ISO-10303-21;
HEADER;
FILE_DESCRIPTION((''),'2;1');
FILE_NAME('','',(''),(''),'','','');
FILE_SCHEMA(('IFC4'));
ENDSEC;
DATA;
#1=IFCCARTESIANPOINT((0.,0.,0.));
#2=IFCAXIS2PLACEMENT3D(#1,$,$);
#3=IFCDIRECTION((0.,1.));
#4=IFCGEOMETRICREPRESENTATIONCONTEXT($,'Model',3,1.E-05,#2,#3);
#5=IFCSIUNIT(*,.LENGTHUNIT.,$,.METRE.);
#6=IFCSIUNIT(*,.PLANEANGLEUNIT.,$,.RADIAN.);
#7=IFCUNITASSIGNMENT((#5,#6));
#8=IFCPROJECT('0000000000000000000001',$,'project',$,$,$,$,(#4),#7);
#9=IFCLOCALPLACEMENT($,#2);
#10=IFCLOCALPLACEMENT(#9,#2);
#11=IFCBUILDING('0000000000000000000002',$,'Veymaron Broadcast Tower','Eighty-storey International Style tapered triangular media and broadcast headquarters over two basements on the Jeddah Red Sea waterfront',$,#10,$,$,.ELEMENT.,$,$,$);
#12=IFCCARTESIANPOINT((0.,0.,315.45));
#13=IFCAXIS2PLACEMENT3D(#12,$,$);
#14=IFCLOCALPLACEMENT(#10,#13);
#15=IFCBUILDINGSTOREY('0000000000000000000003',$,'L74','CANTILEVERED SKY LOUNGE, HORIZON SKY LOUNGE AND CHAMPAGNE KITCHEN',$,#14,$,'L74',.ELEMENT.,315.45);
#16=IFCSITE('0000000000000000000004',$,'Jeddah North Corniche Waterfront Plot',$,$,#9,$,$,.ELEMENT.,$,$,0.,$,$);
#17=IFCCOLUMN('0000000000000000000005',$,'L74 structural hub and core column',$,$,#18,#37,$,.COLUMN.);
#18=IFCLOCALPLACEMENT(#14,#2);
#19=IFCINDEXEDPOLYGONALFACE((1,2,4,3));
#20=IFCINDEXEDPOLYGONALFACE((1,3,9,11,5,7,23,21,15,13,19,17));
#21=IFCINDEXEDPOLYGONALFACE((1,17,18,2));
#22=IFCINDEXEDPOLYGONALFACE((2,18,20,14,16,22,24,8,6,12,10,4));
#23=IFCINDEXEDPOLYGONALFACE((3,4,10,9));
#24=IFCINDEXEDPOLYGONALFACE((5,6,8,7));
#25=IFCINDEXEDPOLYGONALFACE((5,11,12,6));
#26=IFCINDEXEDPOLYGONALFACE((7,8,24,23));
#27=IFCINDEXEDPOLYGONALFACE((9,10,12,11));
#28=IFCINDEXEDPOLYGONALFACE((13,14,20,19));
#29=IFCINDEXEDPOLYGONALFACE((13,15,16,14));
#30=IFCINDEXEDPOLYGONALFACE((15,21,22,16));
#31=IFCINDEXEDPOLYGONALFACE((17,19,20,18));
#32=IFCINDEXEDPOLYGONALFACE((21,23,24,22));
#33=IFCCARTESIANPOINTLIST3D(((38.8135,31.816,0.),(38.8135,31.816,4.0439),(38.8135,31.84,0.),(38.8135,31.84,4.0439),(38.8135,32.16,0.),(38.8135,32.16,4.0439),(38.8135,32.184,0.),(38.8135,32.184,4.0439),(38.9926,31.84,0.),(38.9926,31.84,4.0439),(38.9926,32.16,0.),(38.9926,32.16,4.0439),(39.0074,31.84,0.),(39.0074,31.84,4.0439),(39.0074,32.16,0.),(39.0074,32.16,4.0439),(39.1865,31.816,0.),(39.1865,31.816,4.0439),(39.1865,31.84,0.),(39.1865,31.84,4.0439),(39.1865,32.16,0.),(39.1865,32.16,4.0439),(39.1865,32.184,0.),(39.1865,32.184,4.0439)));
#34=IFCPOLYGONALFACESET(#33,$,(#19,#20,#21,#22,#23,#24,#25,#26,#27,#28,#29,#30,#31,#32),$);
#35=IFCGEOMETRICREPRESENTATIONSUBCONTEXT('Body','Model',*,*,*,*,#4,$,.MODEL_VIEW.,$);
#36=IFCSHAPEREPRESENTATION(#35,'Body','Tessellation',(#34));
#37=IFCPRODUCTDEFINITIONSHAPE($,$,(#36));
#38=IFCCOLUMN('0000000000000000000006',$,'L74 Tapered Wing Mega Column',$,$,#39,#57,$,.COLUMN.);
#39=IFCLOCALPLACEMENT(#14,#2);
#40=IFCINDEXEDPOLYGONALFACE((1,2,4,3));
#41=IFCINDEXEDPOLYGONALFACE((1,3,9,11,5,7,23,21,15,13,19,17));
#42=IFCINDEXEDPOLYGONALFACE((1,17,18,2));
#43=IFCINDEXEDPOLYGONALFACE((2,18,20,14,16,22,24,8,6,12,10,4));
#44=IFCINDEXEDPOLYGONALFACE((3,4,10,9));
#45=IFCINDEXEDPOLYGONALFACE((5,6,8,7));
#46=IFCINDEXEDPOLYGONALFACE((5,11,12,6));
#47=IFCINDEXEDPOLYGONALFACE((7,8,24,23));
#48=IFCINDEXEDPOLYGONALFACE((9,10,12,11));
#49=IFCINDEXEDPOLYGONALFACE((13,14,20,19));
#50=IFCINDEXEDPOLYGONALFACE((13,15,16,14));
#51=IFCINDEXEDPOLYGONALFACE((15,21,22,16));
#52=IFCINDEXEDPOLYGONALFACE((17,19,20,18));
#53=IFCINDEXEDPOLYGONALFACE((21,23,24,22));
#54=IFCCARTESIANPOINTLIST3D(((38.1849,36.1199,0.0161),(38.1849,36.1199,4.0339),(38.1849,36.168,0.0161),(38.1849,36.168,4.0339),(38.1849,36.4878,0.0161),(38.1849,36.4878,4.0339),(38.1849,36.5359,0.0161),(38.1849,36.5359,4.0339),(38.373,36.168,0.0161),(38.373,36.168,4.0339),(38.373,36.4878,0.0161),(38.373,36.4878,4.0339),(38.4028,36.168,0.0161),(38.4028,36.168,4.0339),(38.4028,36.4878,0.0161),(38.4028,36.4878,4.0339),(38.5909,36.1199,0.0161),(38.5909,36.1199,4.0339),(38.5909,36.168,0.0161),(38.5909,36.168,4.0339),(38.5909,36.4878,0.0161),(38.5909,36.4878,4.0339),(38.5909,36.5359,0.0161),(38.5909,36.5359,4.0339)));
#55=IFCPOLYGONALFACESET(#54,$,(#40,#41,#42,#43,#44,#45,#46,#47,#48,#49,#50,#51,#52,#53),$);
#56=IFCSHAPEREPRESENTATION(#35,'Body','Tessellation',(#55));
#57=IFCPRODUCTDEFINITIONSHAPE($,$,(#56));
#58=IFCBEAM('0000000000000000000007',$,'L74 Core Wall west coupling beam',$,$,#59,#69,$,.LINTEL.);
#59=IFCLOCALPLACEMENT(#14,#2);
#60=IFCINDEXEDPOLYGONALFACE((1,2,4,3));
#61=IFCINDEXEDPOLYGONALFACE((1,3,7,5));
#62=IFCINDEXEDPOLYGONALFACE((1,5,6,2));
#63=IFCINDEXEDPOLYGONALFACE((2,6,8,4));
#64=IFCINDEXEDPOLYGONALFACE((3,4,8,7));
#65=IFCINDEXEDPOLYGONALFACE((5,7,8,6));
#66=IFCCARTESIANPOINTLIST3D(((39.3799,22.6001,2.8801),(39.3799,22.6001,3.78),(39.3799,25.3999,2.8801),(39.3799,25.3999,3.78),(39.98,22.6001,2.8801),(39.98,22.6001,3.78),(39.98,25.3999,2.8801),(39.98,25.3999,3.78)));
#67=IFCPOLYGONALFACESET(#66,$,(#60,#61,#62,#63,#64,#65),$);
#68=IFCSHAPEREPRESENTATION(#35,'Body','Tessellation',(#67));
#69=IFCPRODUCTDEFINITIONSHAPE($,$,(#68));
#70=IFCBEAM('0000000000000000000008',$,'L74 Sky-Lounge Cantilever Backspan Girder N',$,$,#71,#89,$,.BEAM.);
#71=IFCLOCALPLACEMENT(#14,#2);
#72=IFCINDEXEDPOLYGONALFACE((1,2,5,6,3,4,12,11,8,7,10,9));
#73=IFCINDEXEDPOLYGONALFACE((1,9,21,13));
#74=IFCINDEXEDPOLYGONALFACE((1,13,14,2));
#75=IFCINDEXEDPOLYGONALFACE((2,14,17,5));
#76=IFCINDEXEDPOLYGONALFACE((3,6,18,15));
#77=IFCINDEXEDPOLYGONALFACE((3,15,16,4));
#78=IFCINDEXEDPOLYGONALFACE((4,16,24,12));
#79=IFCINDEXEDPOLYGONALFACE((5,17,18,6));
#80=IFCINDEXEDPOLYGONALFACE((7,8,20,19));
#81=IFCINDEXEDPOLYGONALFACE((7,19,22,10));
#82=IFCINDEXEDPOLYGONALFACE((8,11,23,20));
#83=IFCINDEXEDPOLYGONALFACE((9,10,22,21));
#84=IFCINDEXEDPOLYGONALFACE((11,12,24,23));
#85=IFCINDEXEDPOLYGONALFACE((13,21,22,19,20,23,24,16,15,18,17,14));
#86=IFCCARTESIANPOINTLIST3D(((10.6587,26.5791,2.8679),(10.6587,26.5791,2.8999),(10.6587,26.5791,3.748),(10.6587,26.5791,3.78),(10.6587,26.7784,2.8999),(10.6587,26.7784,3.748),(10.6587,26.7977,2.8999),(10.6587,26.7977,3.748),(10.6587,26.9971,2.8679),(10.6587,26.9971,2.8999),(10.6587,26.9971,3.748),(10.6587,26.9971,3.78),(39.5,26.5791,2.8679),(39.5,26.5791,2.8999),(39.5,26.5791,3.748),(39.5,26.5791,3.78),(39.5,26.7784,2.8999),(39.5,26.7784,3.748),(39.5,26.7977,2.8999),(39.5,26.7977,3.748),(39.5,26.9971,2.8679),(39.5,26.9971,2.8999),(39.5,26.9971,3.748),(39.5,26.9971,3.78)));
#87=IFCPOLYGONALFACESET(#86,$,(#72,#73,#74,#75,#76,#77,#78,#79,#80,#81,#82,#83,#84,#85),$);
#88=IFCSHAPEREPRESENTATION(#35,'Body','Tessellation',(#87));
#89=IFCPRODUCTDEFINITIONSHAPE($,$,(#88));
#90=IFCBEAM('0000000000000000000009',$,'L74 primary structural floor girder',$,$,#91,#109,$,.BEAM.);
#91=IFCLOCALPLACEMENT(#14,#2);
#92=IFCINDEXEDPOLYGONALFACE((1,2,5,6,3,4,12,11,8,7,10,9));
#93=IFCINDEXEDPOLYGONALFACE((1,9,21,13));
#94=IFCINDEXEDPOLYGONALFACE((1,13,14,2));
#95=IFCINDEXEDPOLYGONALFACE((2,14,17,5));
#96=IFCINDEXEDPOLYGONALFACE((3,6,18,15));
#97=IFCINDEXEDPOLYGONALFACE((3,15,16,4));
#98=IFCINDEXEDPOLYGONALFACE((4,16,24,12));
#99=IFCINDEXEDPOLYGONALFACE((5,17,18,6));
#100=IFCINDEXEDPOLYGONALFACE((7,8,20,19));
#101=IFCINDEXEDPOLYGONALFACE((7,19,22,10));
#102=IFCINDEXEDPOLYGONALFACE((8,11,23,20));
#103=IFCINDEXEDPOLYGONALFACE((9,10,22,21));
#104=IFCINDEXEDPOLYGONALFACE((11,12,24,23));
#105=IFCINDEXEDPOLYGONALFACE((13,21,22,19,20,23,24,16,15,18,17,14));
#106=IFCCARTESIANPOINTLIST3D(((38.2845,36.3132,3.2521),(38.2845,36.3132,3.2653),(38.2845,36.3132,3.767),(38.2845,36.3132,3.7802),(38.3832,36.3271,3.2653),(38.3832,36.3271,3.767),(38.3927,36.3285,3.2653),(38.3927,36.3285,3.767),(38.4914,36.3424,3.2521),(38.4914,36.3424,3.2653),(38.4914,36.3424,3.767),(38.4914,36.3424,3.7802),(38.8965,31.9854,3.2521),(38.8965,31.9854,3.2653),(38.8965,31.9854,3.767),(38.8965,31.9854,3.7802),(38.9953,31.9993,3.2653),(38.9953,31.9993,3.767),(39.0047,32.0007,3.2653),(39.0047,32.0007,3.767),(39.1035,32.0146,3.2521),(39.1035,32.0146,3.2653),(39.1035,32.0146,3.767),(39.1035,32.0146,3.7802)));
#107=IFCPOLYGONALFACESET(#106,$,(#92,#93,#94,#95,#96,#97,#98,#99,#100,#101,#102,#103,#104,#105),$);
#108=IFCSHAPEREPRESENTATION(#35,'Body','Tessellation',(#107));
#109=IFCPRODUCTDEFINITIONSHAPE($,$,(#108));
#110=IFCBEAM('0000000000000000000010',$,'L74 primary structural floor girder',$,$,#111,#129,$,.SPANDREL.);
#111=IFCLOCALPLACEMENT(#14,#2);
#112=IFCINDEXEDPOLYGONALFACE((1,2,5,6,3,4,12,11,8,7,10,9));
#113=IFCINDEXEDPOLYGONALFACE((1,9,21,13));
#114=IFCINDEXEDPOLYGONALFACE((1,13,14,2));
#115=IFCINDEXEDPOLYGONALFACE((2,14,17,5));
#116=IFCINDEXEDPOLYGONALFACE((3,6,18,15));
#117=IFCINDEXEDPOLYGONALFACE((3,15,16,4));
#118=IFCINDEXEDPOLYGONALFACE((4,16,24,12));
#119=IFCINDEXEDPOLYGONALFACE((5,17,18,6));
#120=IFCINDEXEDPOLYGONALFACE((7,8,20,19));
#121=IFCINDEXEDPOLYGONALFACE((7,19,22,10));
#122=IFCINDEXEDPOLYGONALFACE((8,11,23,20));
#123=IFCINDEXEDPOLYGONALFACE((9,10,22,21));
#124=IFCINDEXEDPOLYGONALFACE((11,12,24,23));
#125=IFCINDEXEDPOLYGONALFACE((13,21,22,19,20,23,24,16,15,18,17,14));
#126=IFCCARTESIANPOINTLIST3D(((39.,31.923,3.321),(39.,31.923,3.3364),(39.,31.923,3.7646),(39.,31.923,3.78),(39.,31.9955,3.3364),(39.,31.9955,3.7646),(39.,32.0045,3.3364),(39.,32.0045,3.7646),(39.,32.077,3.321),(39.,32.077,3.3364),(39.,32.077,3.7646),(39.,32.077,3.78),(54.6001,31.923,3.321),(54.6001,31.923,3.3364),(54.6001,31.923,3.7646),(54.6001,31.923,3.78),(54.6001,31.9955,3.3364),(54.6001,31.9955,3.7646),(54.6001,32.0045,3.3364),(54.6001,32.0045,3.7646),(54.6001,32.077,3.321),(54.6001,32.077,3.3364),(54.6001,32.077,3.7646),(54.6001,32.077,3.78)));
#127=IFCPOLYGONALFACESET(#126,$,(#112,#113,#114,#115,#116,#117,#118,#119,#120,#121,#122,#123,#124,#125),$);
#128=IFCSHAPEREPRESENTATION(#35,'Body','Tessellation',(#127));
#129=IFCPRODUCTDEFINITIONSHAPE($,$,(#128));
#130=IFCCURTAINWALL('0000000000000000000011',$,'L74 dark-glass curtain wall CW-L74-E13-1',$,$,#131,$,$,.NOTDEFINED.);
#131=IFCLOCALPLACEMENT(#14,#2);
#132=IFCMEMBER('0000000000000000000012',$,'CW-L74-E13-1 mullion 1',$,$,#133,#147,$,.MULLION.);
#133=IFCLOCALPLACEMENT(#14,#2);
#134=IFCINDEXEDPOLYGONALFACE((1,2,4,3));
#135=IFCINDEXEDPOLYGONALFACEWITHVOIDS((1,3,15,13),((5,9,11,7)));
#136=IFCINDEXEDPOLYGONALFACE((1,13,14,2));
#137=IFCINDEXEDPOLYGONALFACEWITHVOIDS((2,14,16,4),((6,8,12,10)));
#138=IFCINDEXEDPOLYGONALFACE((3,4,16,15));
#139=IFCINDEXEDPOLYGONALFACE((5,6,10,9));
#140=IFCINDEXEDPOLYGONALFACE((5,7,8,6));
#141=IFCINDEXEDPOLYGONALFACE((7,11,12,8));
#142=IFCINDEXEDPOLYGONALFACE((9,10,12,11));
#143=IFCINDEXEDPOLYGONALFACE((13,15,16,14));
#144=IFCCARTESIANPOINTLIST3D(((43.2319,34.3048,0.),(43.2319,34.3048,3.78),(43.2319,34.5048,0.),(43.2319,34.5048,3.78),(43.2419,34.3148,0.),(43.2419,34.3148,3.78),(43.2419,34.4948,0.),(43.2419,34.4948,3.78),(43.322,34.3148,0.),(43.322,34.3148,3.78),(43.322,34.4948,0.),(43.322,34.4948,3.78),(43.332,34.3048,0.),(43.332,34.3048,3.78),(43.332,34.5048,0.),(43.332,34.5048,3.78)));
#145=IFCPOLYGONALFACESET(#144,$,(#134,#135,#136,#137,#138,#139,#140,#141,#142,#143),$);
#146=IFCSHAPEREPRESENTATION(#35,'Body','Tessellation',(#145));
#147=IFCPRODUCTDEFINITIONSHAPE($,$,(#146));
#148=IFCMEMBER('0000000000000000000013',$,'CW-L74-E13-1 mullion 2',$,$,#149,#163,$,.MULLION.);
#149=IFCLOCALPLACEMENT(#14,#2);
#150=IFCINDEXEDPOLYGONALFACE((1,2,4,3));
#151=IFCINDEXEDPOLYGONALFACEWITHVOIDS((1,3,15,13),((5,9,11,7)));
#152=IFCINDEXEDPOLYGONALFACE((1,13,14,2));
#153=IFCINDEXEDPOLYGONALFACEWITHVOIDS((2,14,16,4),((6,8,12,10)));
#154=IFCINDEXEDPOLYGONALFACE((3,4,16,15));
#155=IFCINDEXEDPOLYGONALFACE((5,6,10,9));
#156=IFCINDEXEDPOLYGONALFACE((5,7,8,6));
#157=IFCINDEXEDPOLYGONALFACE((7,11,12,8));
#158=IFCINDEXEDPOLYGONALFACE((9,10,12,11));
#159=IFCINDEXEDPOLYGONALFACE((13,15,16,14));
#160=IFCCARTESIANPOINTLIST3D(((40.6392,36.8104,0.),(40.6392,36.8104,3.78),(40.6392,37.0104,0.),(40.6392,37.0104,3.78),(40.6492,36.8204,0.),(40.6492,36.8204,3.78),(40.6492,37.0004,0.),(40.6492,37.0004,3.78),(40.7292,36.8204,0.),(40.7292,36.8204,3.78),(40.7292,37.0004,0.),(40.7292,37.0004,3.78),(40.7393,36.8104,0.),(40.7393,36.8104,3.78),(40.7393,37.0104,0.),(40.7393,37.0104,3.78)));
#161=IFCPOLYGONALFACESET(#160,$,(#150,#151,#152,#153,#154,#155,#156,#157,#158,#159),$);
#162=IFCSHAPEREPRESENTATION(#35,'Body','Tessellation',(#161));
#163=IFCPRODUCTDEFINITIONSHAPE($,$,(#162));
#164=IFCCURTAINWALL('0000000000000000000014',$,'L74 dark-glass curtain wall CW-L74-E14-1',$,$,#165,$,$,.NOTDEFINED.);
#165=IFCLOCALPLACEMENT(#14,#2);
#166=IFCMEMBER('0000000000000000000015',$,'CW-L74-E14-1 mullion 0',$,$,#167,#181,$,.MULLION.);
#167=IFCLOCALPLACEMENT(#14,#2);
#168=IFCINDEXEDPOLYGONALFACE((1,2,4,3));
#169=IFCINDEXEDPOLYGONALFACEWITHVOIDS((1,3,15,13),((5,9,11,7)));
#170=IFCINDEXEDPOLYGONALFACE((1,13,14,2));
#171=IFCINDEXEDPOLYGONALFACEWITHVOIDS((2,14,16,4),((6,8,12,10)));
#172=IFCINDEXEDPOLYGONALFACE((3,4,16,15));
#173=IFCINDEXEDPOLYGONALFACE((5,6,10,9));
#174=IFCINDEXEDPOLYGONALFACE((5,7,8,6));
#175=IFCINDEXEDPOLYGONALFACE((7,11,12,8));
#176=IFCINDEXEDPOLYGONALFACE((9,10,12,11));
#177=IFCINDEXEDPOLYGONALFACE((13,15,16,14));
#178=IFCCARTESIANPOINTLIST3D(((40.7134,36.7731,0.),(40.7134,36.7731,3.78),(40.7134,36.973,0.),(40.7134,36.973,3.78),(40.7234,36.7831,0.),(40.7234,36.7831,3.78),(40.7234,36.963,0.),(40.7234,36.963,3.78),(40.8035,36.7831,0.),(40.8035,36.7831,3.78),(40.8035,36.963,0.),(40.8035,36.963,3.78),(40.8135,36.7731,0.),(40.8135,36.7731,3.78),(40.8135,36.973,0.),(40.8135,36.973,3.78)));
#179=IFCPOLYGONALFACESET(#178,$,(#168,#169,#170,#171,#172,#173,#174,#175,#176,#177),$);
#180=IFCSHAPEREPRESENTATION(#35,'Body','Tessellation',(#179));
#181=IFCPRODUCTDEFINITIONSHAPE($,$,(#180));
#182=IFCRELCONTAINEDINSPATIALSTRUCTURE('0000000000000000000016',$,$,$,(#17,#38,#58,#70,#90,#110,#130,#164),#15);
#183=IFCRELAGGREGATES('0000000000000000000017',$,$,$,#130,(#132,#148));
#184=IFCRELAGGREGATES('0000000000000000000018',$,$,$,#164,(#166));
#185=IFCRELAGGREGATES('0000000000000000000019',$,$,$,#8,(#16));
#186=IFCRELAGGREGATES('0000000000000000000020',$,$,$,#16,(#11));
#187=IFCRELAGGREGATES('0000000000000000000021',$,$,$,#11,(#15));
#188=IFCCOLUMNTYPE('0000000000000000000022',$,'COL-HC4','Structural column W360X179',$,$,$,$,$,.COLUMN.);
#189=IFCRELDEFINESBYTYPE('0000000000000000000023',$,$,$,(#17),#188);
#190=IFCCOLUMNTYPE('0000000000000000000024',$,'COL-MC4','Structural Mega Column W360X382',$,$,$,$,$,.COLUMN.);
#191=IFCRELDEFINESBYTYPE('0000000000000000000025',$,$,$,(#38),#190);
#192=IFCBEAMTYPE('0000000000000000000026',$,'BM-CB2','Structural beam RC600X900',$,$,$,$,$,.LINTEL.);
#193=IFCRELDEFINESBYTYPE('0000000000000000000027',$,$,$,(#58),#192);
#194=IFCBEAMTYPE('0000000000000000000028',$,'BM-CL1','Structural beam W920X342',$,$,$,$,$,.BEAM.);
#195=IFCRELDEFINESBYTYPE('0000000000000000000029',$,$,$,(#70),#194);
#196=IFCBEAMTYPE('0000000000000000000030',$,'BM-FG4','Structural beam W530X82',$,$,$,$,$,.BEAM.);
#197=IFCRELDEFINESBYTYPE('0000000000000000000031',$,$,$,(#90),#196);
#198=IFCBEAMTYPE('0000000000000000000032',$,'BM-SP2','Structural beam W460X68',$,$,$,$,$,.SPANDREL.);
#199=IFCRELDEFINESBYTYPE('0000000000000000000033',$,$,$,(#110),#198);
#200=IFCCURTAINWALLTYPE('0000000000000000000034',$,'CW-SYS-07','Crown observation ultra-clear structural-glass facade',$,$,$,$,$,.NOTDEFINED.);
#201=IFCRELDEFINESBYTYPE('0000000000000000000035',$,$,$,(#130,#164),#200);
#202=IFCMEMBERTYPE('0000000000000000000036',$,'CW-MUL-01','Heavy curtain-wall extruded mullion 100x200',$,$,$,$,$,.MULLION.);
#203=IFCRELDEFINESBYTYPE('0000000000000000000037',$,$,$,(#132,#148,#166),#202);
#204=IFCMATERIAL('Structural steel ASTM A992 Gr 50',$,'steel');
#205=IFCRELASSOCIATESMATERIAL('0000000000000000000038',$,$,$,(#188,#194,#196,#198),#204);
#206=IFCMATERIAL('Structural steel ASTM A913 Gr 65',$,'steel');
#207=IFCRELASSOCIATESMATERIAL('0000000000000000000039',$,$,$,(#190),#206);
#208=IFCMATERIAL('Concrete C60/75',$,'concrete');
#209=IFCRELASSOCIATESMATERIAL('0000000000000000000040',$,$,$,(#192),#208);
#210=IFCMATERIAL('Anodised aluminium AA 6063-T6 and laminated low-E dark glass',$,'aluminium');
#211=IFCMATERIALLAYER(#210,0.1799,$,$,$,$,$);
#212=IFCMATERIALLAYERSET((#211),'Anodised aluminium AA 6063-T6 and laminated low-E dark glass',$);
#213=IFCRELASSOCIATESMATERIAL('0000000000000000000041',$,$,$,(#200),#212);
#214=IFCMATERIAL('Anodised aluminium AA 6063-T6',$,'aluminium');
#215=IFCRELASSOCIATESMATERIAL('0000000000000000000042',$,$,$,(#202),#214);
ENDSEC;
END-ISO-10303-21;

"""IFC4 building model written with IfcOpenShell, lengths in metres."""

from ifc_helpers import new_model, si_unit, direction, frame, origin, origin_2d, place, context, subcontext, project, spatial, rectangle, hollow_rectangle, i_section, extrude, material, layer, layer_set, material_profile, profile_set, type_object, element, aggregate, save


model = new_model("IFC4")

# Units and contexts
model_context = context("Model", 3, precision=1e-05, world=origin(), true_north=direction((0.0, 1.0)))
body_context = subcontext(model_context, "Body", "Model", "MODEL_VIEW")
ifc_project = project(units=[si_unit("LENGTHUNIT", "METRE"), si_unit("PLANEANGLEUNIT", "RADIAN")], contexts=[model_context])

# Site, building, storey
site_placement = place(None, origin())
site = spatial("IfcSite", under=ifc_project, at=site_placement, Name="Jeddah North Corniche Waterfront Plot", CompositionType="ELEMENT", RefElevation=0.0)
building_placement = place(site_placement, origin())
building = spatial("IfcBuilding", under=site, at=building_placement, Name="Veymaron Broadcast Tower", Description="Eighty-storey International Style tapered triangular media and broadcast headquarters over two basements on the Jeddah Red Sea waterfront", CompositionType="ELEMENT")
storey_placement = place(building_placement, frame((0.0, 0.0, 315.45)))
storey = spatial("IfcBuildingStorey", under=building, at=storey_placement, Name="L74", Description="CANTILEVERED SKY LOUNGE, HORIZON SKY LOUNGE AND CHAMPAGNE KITCHEN", LongName="L74", CompositionType="ELEMENT", Elevation=315.45)

# Columns
ifc_material_1 = material(Name="Structural steel ASTM A992 Gr 50", Category="steel")
ifc_material_profile_1 = material_profile(ifc_material_1, i_section(OverallWidth=0.373, OverallDepth=0.3679, WebThickness=0.0149, FlangeThickness=0.0239, at=origin_2d()), Name="W360X179")
ifc_profile_set_1 = profile_set([ifc_material_profile_1], Name="Structural steel ASTM A992 Gr 50")
column_type_1 = type_object("IfcColumnType", Name="COL-HC4", Description="Structural column W360X179", PredefinedType="COLUMN", material=ifc_profile_set_1)
column_1_placement = place(storey_placement, frame((39.0, 32.0, 0.0), z_axis=(0.0, 0.0, 1.0), x_axis=(1.0, 0.0, 0.0)))
element("IfcColumn", 1, at=column_1_placement, inside=storey, type_object=column_type_1, Name="L74 structural hub and core column", PredefinedType="COLUMN", context=body_context, shape_type="SweptSolid", body=[
    extrude(i_section(OverallWidth=0.373, OverallDepth=0.3679, WebThickness=0.0149, FlangeThickness=0.0239, at=origin_2d()), origin(), (0.0, 0.0, 1.0), 4.0439),
])
ifc_material_2 = material(Name="Structural steel ASTM A913 Gr 65", Category="steel")
ifc_material_profile_2 = material_profile(ifc_material_2, i_section(OverallWidth=0.406, OverallDepth=0.416, WebThickness=0.0298, FlangeThickness=0.0481, at=origin_2d()), Name="W360X382")
ifc_profile_set_2 = profile_set([ifc_material_profile_2], Name="Structural steel ASTM A913 Gr 65")
column_type_2 = type_object("IfcColumnType", Name="COL-MC4", Description="Structural Mega Column W360X382", PredefinedType="COLUMN", material=ifc_profile_set_2)
column_2_placement = place(storey_placement, frame((38.3879, 36.3279, 0.0161), z_axis=(0.0, 0.0, 1.0), x_axis=(1.0, 0.0, 0.0)))
element("IfcColumn", 2, at=column_2_placement, inside=storey, type_object=column_type_2, Name="L74 Tapered Wing Mega Column", PredefinedType="COLUMN", context=body_context, shape_type="SweptSolid", body=[
    extrude(i_section(OverallWidth=0.406, OverallDepth=0.416, WebThickness=0.0298, FlangeThickness=0.0481, at=origin_2d()), origin(), (0.0, 0.0, 1.0), 4.0178),
])

# Beams
ifc_material_3 = material(Name="Concrete C60/75", Category="concrete")
ifc_material_profile_3 = material_profile(ifc_material_3, rectangle(XDim=0.6001, YDim=0.8999, at=origin_2d()), Name="RC600X900")
ifc_profile_set_3 = profile_set([ifc_material_profile_3], Name="Concrete C60/75")
beam_type_1 = type_object("IfcBeamType", Name="BM-CB2", Description="Structural beam RC600X900", PredefinedType="LINTEL", material=ifc_profile_set_3)
beam_1_placement = place(storey_placement, frame((39.6799, 22.6001, 3.3301), z_axis=(0.0, 1.0, 0.0), x_axis=(-1.0, 0.0, 0.0)))
element("IfcBeam", 3, at=beam_1_placement, inside=storey, type_object=beam_type_1, Name="L74 Core Wall west coupling beam", PredefinedType="LINTEL", context=body_context, shape_type="SweptSolid", body=[
    extrude(rectangle(XDim=0.6001, YDim=0.8999, at=origin_2d()), origin(), (0.0, 0.0, 1.0), 2.7998),
])
ifc_material_profile_4 = material_profile(ifc_material_1, i_section(OverallWidth=0.418, OverallDepth=0.9121, WebThickness=0.0193, FlangeThickness=0.032, at=origin_2d()), Name="W920X342")
ifc_profile_set_4 = profile_set([ifc_material_profile_4], Name="Structural steel ASTM A992 Gr 50")
beam_type_2 = type_object("IfcBeamType", Name="BM-CL1", Description="Structural beam W920X342", PredefinedType="BEAM", material=ifc_profile_set_4)
beam_2_placement = place(storey_placement, frame((39.5, 26.7881, 3.324), z_axis=(-1.0, 0.0, 0.0), x_axis=(0.0, -1.0, 0.0)))
element("IfcBeam", 4, at=beam_2_placement, inside=storey, type_object=beam_type_2, Name="L74 Sky-Lounge Cantilever Backspan Girder N", PredefinedType="BEAM", context=body_context, shape_type="SweptSolid", body=[
    extrude(i_section(OverallWidth=0.418, OverallDepth=0.9121, WebThickness=0.0193, FlangeThickness=0.032, at=origin_2d()), origin(), (0.0, 0.0, 1.0), 28.8413),
])
ifc_material_profile_5 = material_profile(ifc_material_1, i_section(OverallWidth=0.209, OverallDepth=0.5281, WebThickness=0.0095, FlangeThickness=0.0132, at=origin_2d()), Name="W530X82")
ifc_profile_set_5 = profile_set([ifc_material_profile_5], Name="Structural steel ASTM A992 Gr 50")
beam_type_3 = type_object("IfcBeamType", Name="BM-FG4", Description="Structural beam W530X82", PredefinedType="BEAM", material=ifc_profile_set_5)
beam_3_placement = place(storey_placement, frame((39.0, 32.0, 3.5161), z_axis=(-0.140029, 0.990147, 0.0), x_axis=(-0.990147, -0.140029, 0.0)))
element("IfcBeam", 5, at=beam_3_placement, inside=storey, type_object=beam_type_3, Name="L74 primary structural floor girder", PredefinedType="BEAM", context=body_context, shape_type="SweptSolid", body=[
    extrude(i_section(OverallWidth=0.209, OverallDepth=0.5281, WebThickness=0.0095, FlangeThickness=0.0132, at=origin_2d()), origin(), (0.0, 0.0, 1.0), 4.3708),
])
ifc_material_profile_6 = material_profile(ifc_material_1, i_section(OverallWidth=0.1541, OverallDepth=0.459, WebThickness=0.009, FlangeThickness=0.0154, at=origin_2d()), Name="W460X68")
ifc_profile_set_6 = profile_set([ifc_material_profile_6], Name="Structural steel ASTM A992 Gr 50")
beam_type_4 = type_object("IfcBeamType", Name="BM-SP2", Description="Structural beam W460X68", PredefinedType="SPANDREL", material=ifc_profile_set_6)
beam_4_placement = place(storey_placement, frame((39.0, 32.0, 3.5505), z_axis=(1.0, 0.0, 0.0), x_axis=(0.0, 1.0, 0.0)))
element("IfcBeam", 6, at=beam_4_placement, inside=storey, type_object=beam_type_4, Name="L74 primary structural floor girder", PredefinedType="SPANDREL", context=body_context, shape_type="SweptSolid", body=[
    extrude(i_section(OverallWidth=0.1541, OverallDepth=0.459, WebThickness=0.009, FlangeThickness=0.0154, at=origin_2d()), origin(), (0.0, 0.0, 1.0), 15.6001),
])

# Curtain walls, members
ifc_material_4 = material(Name="Anodised aluminium AA 6063-T6 and laminated low-E dark glass", Category="aluminium")
ifc_layer_1 = layer(ifc_material_4, 0.1799)
ifc_layer_set_1 = layer_set([ifc_layer_1], Name="Anodised aluminium AA 6063-T6 and laminated low-E dark glass")
curtain_wall_type = type_object("IfcCurtainWallType", Name="CW-SYS-07", Description="Crown observation ultra-clear structural-glass facade", PredefinedType="NOTDEFINED", material=ifc_layer_set_1)
curtain_wall_1_placement = place(storey_placement, origin())
curtain_wall_1 = element("IfcCurtainWall", 7, at=curtain_wall_1_placement, inside=storey, type_object=curtain_wall_type, Name="L74 dark-glass curtain wall CW-L74-E13-1", PredefinedType="NOTDEFINED")
ifc_material_5 = material(Name="Anodised aluminium AA 6063-T6", Category="aluminium")
ifc_material_profile_7 = material_profile(ifc_material_5, hollow_rectangle(XDim=0.1001, YDim=0.2, WallThickness=0.01, at=origin_2d()), Name="RHS200X100X10")
ifc_profile_set_7 = profile_set([ifc_material_profile_7], Name="Anodised aluminium AA 6063-T6")
member_type_1 = type_object("IfcMemberType", Name="CW-MUL-01", Description="Heavy curtain-wall extruded mullion 100x200", PredefinedType="MULLION", material=ifc_profile_set_7)
member_1_placement = place(storey_placement, frame((43.282, 34.4048, 0.0), z_axis=(0.0, 0.0, 1.0), x_axis=(1.0, 0.0, 0.0)))
member_1 = element("IfcMember", 8, at=member_1_placement, type_object=member_type_1, Name="CW-L74-E13-1 mullion 1", PredefinedType="MULLION", context=body_context, shape_type="SweptSolid", body=[
    extrude(hollow_rectangle(XDim=0.1001, YDim=0.2, WallThickness=0.01, at=origin_2d()), origin(), (0.0, 0.0, 1.0), 3.78),
])
member_2_placement = place(storey_placement, frame((40.6892, 36.9104, 0.0), z_axis=(0.0, 0.0, 1.0), x_axis=(1.0, 0.0, 0.0)))
member_2 = element("IfcMember", 9, at=member_2_placement, type_object=member_type_1, Name="CW-L74-E13-1 mullion 2", PredefinedType="MULLION", context=body_context, shape_type="SweptSolid", body=[
    extrude(hollow_rectangle(XDim=0.1001, YDim=0.2, WallThickness=0.01, at=origin_2d()), origin(), (0.0, 0.0, 1.0), 3.78),
])
curtain_wall_2_placement = place(storey_placement, origin())
curtain_wall_2 = element("IfcCurtainWall", 10, at=curtain_wall_2_placement, inside=storey, type_object=curtain_wall_type, Name="L74 dark-glass curtain wall CW-L74-E14-1", PredefinedType="NOTDEFINED")
member_3_placement = place(storey_placement, frame((40.7634, 36.873, 0.0), z_axis=(0.0, 0.0, 1.0), x_axis=(1.0, 0.0, 0.0)))
member_3 = element("IfcMember", 11, at=member_3_placement, type_object=member_type_1, Name="CW-L74-E14-1 mullion 0", PredefinedType="MULLION", context=body_context, shape_type="SweptSolid", body=[
    extrude(hollow_rectangle(XDim=0.1001, YDim=0.2, WallThickness=0.01, at=origin_2d()), origin(), (0.0, 0.0, 1.0), 3.78),
])

aggregate(curtain_wall_1, [member_1, member_2])
aggregate(curtain_wall_2, [member_3])

save(model, "model.ifc")
